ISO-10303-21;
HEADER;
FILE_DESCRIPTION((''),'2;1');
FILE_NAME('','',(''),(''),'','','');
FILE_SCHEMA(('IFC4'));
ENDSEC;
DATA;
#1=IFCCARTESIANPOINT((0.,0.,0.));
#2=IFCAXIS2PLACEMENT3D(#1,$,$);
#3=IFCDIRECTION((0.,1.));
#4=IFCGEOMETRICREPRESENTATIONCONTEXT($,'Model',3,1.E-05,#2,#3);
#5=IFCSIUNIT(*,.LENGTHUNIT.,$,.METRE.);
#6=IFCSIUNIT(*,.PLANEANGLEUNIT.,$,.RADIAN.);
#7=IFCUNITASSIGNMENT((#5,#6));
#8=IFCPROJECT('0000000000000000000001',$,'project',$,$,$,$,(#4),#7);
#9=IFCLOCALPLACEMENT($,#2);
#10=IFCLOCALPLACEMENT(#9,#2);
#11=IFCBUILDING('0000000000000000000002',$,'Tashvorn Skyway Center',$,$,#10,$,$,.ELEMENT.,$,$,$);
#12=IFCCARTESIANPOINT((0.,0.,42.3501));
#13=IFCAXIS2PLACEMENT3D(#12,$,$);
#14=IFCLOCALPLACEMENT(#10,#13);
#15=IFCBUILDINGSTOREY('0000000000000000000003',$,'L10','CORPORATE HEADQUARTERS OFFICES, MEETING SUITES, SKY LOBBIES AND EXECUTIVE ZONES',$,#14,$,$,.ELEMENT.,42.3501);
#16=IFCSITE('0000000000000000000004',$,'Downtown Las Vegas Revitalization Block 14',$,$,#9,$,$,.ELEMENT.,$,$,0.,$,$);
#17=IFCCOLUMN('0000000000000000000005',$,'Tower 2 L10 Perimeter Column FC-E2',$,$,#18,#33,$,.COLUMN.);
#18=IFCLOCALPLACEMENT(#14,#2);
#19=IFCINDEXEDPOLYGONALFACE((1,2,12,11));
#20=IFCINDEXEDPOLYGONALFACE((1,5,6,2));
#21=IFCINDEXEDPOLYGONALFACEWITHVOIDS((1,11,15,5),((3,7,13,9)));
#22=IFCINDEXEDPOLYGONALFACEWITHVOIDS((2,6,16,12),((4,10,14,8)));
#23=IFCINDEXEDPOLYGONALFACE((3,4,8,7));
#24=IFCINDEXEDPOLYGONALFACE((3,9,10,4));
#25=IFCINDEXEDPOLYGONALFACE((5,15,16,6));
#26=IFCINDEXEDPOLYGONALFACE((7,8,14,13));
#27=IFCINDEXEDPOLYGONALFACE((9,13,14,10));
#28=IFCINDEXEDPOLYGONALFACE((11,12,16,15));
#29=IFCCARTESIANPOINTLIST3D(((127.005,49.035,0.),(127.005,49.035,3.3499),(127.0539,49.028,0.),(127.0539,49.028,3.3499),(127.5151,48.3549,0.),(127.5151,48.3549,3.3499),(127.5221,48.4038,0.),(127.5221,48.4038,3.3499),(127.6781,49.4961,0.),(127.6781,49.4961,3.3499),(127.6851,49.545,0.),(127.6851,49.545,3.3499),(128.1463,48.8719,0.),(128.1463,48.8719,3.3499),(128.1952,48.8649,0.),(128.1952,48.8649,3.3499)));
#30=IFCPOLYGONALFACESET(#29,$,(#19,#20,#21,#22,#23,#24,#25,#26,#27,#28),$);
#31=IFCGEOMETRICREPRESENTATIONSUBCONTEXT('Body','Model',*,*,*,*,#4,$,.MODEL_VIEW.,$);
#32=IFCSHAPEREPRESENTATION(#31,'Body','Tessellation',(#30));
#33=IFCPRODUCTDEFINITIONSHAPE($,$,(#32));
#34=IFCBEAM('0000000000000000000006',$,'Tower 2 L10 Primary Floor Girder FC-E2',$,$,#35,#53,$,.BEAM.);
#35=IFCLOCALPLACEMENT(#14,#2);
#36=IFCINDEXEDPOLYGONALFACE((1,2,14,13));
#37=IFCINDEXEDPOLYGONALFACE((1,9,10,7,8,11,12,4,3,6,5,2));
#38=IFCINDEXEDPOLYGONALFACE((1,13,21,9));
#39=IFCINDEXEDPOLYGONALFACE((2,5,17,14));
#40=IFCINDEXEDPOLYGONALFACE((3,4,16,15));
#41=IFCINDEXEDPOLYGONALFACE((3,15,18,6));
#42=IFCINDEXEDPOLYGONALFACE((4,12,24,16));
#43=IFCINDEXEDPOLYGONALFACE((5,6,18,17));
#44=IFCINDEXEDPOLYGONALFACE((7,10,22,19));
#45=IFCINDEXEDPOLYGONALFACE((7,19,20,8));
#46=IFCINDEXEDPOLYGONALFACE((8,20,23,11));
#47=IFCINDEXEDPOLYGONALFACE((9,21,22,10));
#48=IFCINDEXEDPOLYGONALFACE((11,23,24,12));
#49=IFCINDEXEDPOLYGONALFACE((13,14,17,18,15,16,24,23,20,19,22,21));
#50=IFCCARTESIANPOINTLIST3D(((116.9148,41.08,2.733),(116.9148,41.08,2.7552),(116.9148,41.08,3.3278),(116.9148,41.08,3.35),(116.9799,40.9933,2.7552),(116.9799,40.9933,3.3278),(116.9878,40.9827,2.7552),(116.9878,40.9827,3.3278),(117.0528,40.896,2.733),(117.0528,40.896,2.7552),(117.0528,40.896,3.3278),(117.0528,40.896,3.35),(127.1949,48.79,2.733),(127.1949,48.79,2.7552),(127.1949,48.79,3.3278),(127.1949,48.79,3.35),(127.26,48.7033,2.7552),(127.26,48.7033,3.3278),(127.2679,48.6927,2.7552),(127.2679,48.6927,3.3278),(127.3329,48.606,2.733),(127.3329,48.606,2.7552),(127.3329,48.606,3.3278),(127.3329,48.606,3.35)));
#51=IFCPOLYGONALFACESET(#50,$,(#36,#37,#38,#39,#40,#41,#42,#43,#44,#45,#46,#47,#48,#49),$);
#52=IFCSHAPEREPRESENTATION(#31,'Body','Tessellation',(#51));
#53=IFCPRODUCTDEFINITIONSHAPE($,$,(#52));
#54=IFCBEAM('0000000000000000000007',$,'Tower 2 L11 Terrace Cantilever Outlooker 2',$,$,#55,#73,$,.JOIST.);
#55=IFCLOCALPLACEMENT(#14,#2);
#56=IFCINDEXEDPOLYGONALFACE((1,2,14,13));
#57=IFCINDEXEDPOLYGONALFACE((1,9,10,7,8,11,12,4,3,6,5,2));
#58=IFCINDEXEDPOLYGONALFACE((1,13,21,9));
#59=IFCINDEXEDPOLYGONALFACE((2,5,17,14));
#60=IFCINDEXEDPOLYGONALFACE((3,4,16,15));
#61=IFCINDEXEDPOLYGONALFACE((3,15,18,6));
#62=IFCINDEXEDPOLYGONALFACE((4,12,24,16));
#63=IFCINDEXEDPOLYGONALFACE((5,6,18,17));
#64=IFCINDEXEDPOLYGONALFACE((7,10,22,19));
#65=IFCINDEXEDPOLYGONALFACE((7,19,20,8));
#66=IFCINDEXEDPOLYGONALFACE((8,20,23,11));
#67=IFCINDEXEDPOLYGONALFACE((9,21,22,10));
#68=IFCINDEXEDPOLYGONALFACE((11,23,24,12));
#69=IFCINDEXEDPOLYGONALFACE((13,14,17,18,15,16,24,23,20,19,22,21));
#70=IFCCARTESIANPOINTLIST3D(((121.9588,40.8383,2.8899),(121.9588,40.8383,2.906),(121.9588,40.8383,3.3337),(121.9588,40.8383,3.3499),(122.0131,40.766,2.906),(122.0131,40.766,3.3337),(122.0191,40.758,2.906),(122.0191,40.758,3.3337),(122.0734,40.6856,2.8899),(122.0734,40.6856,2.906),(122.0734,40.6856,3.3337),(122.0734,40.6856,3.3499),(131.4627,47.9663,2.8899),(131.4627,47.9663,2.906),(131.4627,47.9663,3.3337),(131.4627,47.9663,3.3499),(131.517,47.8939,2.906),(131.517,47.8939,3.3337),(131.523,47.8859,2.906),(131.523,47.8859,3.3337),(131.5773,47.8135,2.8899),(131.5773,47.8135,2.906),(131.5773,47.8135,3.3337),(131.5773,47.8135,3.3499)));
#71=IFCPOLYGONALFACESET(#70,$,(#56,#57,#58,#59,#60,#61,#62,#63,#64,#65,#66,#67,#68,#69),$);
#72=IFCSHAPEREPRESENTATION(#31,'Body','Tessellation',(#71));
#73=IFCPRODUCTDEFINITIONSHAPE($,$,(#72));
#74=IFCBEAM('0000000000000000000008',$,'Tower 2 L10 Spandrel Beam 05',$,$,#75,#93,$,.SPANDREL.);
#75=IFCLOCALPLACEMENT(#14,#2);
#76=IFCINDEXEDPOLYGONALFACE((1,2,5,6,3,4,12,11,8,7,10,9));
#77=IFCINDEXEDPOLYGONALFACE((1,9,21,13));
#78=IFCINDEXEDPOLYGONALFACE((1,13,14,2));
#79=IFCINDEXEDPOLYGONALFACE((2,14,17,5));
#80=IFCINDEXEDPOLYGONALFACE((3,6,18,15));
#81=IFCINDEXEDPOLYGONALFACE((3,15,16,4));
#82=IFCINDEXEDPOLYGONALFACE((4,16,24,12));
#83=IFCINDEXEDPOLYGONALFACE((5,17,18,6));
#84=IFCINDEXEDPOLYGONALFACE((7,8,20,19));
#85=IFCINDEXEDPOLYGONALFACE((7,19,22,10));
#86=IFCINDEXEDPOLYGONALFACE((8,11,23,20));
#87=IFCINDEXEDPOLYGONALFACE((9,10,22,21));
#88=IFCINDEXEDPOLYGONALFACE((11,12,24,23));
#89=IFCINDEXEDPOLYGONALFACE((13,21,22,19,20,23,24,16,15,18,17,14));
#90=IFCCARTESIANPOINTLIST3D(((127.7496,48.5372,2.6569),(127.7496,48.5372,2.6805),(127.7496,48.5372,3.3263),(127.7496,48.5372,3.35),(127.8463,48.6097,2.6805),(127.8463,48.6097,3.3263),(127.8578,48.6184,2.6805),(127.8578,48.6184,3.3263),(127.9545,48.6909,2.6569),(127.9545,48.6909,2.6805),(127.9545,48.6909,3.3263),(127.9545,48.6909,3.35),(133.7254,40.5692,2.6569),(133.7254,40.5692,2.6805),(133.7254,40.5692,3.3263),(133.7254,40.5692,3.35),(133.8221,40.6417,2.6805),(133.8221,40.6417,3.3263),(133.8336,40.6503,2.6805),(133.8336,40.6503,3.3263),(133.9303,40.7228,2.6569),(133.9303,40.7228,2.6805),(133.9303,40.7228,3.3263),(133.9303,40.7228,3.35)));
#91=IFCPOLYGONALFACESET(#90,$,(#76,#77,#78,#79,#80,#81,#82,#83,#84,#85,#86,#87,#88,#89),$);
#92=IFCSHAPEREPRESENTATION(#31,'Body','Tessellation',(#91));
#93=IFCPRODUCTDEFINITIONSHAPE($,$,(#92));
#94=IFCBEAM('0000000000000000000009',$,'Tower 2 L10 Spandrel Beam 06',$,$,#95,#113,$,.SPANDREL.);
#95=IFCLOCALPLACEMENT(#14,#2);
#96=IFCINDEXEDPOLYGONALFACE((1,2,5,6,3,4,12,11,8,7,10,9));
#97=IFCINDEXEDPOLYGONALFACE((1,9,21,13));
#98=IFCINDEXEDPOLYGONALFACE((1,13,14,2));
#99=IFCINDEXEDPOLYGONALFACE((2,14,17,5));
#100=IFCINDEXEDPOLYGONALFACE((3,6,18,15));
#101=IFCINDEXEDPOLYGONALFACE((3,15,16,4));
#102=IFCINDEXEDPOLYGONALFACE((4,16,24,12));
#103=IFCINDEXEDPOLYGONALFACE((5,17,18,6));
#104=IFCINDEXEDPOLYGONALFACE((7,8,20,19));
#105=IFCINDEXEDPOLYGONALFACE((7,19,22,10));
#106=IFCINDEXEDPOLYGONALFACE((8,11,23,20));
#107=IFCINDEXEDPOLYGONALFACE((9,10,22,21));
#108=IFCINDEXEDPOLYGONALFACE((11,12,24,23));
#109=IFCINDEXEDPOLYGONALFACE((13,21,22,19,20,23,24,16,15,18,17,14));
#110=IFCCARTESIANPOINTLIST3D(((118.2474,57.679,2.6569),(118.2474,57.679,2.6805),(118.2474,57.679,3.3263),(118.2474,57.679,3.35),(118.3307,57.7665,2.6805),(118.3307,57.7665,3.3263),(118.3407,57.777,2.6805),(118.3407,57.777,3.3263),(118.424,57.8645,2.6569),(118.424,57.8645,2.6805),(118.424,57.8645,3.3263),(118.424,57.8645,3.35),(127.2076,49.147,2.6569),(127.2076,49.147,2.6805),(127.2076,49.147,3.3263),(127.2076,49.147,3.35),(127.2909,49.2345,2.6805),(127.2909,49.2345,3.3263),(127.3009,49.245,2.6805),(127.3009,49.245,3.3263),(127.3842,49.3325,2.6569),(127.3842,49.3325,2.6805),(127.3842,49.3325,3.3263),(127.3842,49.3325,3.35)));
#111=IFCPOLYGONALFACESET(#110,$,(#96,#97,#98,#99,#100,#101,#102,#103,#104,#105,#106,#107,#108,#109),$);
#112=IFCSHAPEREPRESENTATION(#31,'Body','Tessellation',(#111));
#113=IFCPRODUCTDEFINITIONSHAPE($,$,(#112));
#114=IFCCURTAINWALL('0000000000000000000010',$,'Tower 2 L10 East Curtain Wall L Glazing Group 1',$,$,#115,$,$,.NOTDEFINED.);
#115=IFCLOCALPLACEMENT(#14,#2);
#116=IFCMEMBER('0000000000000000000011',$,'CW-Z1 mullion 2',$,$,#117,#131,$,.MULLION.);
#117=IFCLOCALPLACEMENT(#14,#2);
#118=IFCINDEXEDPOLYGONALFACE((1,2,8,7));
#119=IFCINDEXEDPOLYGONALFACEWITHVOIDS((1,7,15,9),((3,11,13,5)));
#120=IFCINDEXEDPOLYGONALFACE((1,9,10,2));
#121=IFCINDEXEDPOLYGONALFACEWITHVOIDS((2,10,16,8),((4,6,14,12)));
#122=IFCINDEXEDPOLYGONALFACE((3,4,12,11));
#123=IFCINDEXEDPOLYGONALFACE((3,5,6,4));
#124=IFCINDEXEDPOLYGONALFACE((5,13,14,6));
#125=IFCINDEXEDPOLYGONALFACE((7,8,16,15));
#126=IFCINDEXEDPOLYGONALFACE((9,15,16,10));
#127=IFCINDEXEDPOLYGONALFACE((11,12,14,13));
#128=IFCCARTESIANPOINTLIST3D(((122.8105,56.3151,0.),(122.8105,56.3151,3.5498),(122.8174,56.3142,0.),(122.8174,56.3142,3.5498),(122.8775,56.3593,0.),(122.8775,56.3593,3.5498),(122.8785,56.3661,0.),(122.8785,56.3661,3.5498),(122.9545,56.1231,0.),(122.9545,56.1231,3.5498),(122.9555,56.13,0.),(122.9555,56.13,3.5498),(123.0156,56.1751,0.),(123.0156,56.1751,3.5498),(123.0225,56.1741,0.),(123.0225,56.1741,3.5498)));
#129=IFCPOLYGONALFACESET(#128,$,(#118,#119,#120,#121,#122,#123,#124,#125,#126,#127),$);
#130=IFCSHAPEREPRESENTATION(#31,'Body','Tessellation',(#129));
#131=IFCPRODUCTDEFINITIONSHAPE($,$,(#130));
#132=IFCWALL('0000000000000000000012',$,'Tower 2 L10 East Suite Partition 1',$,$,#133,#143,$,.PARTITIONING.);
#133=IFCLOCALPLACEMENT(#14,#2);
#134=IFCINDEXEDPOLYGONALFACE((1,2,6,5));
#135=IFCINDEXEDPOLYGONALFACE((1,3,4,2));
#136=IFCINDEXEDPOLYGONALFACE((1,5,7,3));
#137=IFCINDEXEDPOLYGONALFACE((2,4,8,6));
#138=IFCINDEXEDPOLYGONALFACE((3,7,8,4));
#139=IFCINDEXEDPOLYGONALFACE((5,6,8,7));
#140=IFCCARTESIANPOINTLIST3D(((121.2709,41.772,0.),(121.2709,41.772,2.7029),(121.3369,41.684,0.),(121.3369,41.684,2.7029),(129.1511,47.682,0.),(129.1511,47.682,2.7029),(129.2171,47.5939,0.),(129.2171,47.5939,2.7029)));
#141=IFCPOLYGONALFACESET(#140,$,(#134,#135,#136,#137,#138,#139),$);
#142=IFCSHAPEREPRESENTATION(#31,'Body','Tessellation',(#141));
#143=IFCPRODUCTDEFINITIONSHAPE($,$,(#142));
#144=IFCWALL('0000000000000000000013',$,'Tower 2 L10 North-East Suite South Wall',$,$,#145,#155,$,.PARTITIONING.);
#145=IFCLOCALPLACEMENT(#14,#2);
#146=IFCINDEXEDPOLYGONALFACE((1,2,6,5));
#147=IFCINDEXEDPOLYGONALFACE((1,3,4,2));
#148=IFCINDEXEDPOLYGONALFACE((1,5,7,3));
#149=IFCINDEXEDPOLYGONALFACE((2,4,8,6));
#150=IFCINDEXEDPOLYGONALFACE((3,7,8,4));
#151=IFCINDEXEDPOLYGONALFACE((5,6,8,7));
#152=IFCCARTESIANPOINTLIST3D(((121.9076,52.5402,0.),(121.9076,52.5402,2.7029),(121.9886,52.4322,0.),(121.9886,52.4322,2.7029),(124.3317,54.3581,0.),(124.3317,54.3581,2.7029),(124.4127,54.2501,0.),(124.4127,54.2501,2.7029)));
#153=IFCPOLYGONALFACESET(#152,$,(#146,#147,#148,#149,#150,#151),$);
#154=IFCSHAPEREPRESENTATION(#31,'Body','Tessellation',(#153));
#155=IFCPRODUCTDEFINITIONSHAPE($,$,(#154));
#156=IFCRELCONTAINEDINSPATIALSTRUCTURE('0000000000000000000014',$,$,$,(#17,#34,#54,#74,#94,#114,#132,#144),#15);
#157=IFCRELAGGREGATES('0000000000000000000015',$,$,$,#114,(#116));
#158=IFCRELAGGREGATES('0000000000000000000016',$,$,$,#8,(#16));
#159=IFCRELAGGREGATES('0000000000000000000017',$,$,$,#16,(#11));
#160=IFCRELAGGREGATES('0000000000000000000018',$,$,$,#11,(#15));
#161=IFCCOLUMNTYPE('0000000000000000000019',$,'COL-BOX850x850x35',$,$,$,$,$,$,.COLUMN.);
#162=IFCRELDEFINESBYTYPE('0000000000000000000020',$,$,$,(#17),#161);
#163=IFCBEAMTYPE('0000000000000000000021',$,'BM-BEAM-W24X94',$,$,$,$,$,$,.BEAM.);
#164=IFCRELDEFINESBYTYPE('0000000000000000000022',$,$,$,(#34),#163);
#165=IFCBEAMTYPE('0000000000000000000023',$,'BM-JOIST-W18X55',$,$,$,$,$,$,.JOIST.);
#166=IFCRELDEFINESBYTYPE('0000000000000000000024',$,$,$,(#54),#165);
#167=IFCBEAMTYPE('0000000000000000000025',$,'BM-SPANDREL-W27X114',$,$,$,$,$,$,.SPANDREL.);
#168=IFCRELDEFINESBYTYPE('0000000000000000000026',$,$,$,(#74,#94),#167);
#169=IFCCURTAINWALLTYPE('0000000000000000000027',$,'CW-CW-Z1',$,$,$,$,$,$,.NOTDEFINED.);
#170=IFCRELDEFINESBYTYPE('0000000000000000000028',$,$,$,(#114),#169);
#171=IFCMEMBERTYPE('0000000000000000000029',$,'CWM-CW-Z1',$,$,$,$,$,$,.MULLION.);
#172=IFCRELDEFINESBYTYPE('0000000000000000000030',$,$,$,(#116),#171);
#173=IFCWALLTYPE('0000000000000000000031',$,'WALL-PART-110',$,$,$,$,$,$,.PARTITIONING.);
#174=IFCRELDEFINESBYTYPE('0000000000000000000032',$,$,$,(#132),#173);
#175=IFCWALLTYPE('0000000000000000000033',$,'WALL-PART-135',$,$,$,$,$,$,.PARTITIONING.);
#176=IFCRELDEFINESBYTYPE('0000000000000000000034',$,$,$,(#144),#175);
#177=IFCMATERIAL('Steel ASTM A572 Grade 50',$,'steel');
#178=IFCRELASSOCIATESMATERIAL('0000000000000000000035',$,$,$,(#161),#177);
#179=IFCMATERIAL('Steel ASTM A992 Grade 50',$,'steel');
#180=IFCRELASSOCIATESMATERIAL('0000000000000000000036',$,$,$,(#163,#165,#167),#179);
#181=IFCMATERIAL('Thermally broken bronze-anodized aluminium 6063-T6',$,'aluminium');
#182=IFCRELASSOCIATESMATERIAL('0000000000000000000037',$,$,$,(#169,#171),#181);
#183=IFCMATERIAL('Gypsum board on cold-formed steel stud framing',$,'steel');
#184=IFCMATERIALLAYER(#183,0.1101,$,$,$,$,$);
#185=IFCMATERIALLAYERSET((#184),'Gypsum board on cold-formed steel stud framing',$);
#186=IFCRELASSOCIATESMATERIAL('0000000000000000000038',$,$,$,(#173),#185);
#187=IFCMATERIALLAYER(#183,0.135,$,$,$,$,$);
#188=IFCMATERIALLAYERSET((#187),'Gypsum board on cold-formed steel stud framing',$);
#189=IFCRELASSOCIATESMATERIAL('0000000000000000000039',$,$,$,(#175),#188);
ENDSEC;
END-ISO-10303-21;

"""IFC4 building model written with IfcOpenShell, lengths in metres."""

from ifc_helpers import new_model, si_unit, direction, frame, frame_2d, origin, origin_2d, place, context, subcontext, project, spatial, rectangle, hollow_rectangle, i_section, extrude, material, layer, layer_set, material_profile, profile_set, type_object, element, aggregate, save


model = new_model("IFC4")

# Units and contexts
model_context = context("Model", 3, precision=1e-05, world=origin(), true_north=direction((0.0, 1.0)))
body_context = subcontext(model_context, "Body", "Model", "MODEL_VIEW")
ifc_project = project(units=[si_unit("LENGTHUNIT", "METRE"), si_unit("PLANEANGLEUNIT", "RADIAN")], contexts=[model_context])

# Site, building, storey
site_placement = place(None, origin())
site = spatial("IfcSite", under=ifc_project, at=site_placement, Name="Downtown Las Vegas Revitalization Block 14", CompositionType="ELEMENT", RefElevation=0.0)
building_placement = place(site_placement, origin())
building = spatial("IfcBuilding", under=site, at=building_placement, Name="Tashvorn Skyway Center", CompositionType="ELEMENT")
storey_placement = place(building_placement, frame((0.0, 0.0, 42.3501)))
storey = spatial("IfcBuildingStorey", under=building, at=storey_placement, Name="L10", Description="CORPORATE HEADQUARTERS OFFICES, MEETING SUITES, SKY LOBBIES AND EXECUTIVE ZONES", CompositionType="ELEMENT", Elevation=42.3501)

# Column
ifc_material_1 = material(Name="Steel ASTM A572 Grade 50", Category="steel")
ifc_material_profile_1 = material_profile(ifc_material_1, hollow_rectangle(XDim=0.8501, YDim=0.8501, WallThickness=0.0349, at=origin_2d()), Name="BOX850x850x35")
ifc_profile_set_1 = profile_set([ifc_material_profile_1], Name="Steel ASTM A572 Grade 50")
column_type = type_object("IfcColumnType", Name="COL-BOX850x850x35", PredefinedType="COLUMN", material=ifc_profile_set_1)
column_placement = place(storey_placement, frame((127.6001, 48.95, 0.0), z_axis=(0.0, 0.0, 1.0), x_axis=(0.8, 0.6, 0.0)))
element("IfcColumn", 1, at=column_placement, inside=storey, type_object=column_type, Name="Tower 2 L10 Perimeter Column FC-E2", PredefinedType="COLUMN", context=body_context, shape_type="SweptSolid", body=[
    extrude(hollow_rectangle(XDim=0.8501, YDim=0.8501, WallThickness=0.0349, at=origin_2d()), origin(), (0.0, 0.0, 1.0), 3.3499),
])

# Beams
ifc_material_2 = material(Name="Steel ASTM A992 Grade 50", Category="steel")
ifc_material_profile_2 = material_profile(ifc_material_2, i_section(OverallWidth=0.23, OverallDepth=0.6169, WebThickness=0.0132, FlangeThickness=0.0222, at=origin_2d()), Name="W24X94")
ifc_profile_set_2 = profile_set([ifc_material_profile_2], Name="Steel ASTM A992 Grade 50")
beam_type_1 = type_object("IfcBeamType", Name="BM-BEAM-W24X94", PredefinedType="BEAM", material=ifc_profile_set_2)
beam_1_placement = place(storey_placement, frame((127.2639, 48.698, 3.0415), z_axis=(-0.800002, -0.599997, 0.0), x_axis=(0.599997, -0.800002, 0.0)))
element("IfcBeam", 2, at=beam_1_placement, inside=storey, type_object=beam_type_1, Name="Tower 2 L10 Primary Floor Girder FC-E2", PredefinedType="BEAM", context=body_context, shape_type="SweptSolid", body=[
    extrude(i_section(OverallWidth=0.23, OverallDepth=0.6169, WebThickness=0.0132, FlangeThickness=0.0222, at=origin_2d()), origin(), (0.0, 0.0, 1.0), 12.8501),
])
ifc_material_profile_3 = material_profile(ifc_material_2, i_section(OverallWidth=0.1909, OverallDepth=0.46, WebThickness=0.01, FlangeThickness=0.0161, at=origin_2d()), Name="W18X55")
ifc_profile_set_3 = profile_set([ifc_material_profile_3], Name="Steel ASTM A992 Grade 50")
beam_type_2 = type_object("IfcBeamType", Name="BM-JOIST-W18X55", PredefinedType="JOIST", material=ifc_profile_set_3)
beam_2_placement = place(storey_placement, frame((122.0161, 40.762, 3.1199), z_axis=(0.8, 0.6, 0.0), x_axis=(-0.6, 0.8, 0.0)))
element("IfcBeam", 3, at=beam_2_placement, inside=storey, type_object=beam_type_2, Name="Tower 2 L11 Terrace Cantilever Outlooker 2", PredefinedType="JOIST", context=body_context, shape_type="SweptSolid", body=[
    extrude(i_section(OverallWidth=0.1909, OverallDepth=0.46, WebThickness=0.01, FlangeThickness=0.0161, at=origin_2d()), origin(), (0.0, 0.0, 1.0), 11.8799),
])
ifc_material_profile_4 = material_profile(ifc_material_2, i_section(OverallWidth=0.2561, OverallDepth=0.6931, WebThickness=0.0144, FlangeThickness=0.0237, at=origin_2d()), Name="W27X114")
ifc_profile_set_4 = profile_set([ifc_material_profile_4], Name="Steel ASTM A992 Grade 50")
beam_type_3 = type_object("IfcBeamType", Name="BM-SPANDREL-W27X114", PredefinedType="SPANDREL", material=ifc_profile_set_4)
beam_3_placement = place(storey_placement, frame((133.8279, 40.646, 3.0034), z_axis=(-0.599988, 0.800009, 0.0), x_axis=(-0.800009, -0.599988, 0.0)))
element("IfcBeam", 4, at=beam_3_placement, inside=storey, type_object=beam_type_3, Name="Tower 2 L10 Spandrel Beam 05", PredefinedType="SPANDREL", context=body_context, shape_type="SweptSolid", body=[
    extrude(i_section(OverallWidth=0.2561, OverallDepth=0.6931, WebThickness=0.0144, FlangeThickness=0.0237, at=origin_2d()), origin(), (0.0, 0.0, 1.0), 9.96),
])
beam_4_placement = place(storey_placement, frame((127.2959, 49.2397, 3.0034), z_axis=(-0.7242, 0.68959, 0.0), x_axis=(-0.68959, -0.7242, 0.0)))
element("IfcBeam", 5, at=beam_4_placement, inside=storey, type_object=beam_type_3, Name="Tower 2 L10 Spandrel Beam 06", PredefinedType="SPANDREL", context=body_context, shape_type="SweptSolid", body=[
    extrude(i_section(OverallWidth=0.2561, OverallDepth=0.6931, WebThickness=0.0144, FlangeThickness=0.0237, at=origin_2d()), origin(), (0.0, 0.0, 1.0), 12.3726),
])

# Curtain wall, member
ifc_material_3 = material(Name="Thermally broken bronze-anodized aluminium 6063-T6", Category="aluminium")
curtain_wall_type = type_object("IfcCurtainWallType", Name="CW-CW-Z1", PredefinedType="NOTDEFINED", material=ifc_material_3)
curtain_wall_placement = place(storey_placement, origin())
curtain_wall = element("IfcCurtainWall", 6, at=curtain_wall_placement, inside=storey, type_object=curtain_wall_type, Name="Tower 2 L10 East Curtain Wall L Glazing Group 1", PredefinedType="NOTDEFINED")
ifc_material_profile_5 = material_profile(ifc_material_3, hollow_rectangle(XDim=0.085, YDim=0.24, WallThickness=0.0049, at=origin_2d()), Name="ALU-MULL-85x240")
ifc_profile_set_5 = profile_set([ifc_material_profile_5], Name="Thermally broken bronze-anodized aluminium 6063-T6")
member_type = type_object("IfcMemberType", Name="CWM-CW-Z1", PredefinedType="MULLION", material=ifc_profile_set_5)
member_placement = place(storey_placement, frame((122.9165, 56.2446, 0.0), z_axis=(0.0, 0.0, 1.0), x_axis=(0.799998, 0.600003, 0.0)))
member = element("IfcMember", 7, at=member_placement, type_object=member_type, Name="CW-Z1 mullion 2", PredefinedType="MULLION", context=body_context, shape_type="SweptSolid", body=[
    extrude(hollow_rectangle(XDim=0.085, YDim=0.24, WallThickness=0.0049, at=origin_2d()), origin(), (0.0, 0.0, 1.0), 3.5498),
])
aggregate(curtain_wall, [member])

# Walls
ifc_material_4 = material(Name="Gypsum board on cold-formed steel stud framing", Category="steel")
ifc_layer_1 = layer(ifc_material_4, 0.1101)
ifc_layer_set_1 = layer_set([ifc_layer_1], Name="Gypsum board on cold-formed steel stud framing")
wall_type_1 = type_object("IfcWallType", Name="WALL-PART-110", PredefinedType="PARTITIONING", material=ifc_layer_set_1)
wall_1_placement = place(storey_placement, frame((129.1841, 47.6379, 0.0), z_axis=(0.0, 0.0, 1.0), x_axis=(-0.800009, -0.599988, 0.0)))
element("IfcWall", 8, at=wall_1_placement, inside=storey, type_object=wall_type_1, Name="Tower 2 L10 East Suite Partition 1", PredefinedType="PARTITIONING", context=body_context, shape_type="SweptSolid", body=[
    extrude(rectangle(XDim=9.8501, YDim=0.1101, at=frame_2d((4.925, 0.0))), origin(), (0.0, 0.0, 1.0), 2.7029),
])
ifc_layer_2 = layer(ifc_material_4, 0.135)
ifc_layer_set_2 = layer_set([ifc_layer_2], Name="Gypsum board on cold-formed steel stud framing")
wall_type_2 = type_object("IfcWallType", Name="WALL-PART-135", PredefinedType="PARTITIONING", material=ifc_layer_set_2)
wall_2_placement = place(storey_placement, frame((121.948, 52.4861, 0.0), z_axis=(0.0, 0.0, 1.0), x_axis=(0.800029, 0.599961, 0.0)))
element("IfcWall", 9, at=wall_2_placement, inside=storey, type_object=wall_type_2, Name="Tower 2 L10 North-East Suite South Wall", PredefinedType="PARTITIONING", context=body_context, shape_type="SweptSolid", body=[
    extrude(rectangle(XDim=3.03, YDim=0.135, at=frame_2d((1.5151, 0.0))), origin(), (0.0, 0.0, 1.0), 2.7029),
])

save(model, "model.ifc")
